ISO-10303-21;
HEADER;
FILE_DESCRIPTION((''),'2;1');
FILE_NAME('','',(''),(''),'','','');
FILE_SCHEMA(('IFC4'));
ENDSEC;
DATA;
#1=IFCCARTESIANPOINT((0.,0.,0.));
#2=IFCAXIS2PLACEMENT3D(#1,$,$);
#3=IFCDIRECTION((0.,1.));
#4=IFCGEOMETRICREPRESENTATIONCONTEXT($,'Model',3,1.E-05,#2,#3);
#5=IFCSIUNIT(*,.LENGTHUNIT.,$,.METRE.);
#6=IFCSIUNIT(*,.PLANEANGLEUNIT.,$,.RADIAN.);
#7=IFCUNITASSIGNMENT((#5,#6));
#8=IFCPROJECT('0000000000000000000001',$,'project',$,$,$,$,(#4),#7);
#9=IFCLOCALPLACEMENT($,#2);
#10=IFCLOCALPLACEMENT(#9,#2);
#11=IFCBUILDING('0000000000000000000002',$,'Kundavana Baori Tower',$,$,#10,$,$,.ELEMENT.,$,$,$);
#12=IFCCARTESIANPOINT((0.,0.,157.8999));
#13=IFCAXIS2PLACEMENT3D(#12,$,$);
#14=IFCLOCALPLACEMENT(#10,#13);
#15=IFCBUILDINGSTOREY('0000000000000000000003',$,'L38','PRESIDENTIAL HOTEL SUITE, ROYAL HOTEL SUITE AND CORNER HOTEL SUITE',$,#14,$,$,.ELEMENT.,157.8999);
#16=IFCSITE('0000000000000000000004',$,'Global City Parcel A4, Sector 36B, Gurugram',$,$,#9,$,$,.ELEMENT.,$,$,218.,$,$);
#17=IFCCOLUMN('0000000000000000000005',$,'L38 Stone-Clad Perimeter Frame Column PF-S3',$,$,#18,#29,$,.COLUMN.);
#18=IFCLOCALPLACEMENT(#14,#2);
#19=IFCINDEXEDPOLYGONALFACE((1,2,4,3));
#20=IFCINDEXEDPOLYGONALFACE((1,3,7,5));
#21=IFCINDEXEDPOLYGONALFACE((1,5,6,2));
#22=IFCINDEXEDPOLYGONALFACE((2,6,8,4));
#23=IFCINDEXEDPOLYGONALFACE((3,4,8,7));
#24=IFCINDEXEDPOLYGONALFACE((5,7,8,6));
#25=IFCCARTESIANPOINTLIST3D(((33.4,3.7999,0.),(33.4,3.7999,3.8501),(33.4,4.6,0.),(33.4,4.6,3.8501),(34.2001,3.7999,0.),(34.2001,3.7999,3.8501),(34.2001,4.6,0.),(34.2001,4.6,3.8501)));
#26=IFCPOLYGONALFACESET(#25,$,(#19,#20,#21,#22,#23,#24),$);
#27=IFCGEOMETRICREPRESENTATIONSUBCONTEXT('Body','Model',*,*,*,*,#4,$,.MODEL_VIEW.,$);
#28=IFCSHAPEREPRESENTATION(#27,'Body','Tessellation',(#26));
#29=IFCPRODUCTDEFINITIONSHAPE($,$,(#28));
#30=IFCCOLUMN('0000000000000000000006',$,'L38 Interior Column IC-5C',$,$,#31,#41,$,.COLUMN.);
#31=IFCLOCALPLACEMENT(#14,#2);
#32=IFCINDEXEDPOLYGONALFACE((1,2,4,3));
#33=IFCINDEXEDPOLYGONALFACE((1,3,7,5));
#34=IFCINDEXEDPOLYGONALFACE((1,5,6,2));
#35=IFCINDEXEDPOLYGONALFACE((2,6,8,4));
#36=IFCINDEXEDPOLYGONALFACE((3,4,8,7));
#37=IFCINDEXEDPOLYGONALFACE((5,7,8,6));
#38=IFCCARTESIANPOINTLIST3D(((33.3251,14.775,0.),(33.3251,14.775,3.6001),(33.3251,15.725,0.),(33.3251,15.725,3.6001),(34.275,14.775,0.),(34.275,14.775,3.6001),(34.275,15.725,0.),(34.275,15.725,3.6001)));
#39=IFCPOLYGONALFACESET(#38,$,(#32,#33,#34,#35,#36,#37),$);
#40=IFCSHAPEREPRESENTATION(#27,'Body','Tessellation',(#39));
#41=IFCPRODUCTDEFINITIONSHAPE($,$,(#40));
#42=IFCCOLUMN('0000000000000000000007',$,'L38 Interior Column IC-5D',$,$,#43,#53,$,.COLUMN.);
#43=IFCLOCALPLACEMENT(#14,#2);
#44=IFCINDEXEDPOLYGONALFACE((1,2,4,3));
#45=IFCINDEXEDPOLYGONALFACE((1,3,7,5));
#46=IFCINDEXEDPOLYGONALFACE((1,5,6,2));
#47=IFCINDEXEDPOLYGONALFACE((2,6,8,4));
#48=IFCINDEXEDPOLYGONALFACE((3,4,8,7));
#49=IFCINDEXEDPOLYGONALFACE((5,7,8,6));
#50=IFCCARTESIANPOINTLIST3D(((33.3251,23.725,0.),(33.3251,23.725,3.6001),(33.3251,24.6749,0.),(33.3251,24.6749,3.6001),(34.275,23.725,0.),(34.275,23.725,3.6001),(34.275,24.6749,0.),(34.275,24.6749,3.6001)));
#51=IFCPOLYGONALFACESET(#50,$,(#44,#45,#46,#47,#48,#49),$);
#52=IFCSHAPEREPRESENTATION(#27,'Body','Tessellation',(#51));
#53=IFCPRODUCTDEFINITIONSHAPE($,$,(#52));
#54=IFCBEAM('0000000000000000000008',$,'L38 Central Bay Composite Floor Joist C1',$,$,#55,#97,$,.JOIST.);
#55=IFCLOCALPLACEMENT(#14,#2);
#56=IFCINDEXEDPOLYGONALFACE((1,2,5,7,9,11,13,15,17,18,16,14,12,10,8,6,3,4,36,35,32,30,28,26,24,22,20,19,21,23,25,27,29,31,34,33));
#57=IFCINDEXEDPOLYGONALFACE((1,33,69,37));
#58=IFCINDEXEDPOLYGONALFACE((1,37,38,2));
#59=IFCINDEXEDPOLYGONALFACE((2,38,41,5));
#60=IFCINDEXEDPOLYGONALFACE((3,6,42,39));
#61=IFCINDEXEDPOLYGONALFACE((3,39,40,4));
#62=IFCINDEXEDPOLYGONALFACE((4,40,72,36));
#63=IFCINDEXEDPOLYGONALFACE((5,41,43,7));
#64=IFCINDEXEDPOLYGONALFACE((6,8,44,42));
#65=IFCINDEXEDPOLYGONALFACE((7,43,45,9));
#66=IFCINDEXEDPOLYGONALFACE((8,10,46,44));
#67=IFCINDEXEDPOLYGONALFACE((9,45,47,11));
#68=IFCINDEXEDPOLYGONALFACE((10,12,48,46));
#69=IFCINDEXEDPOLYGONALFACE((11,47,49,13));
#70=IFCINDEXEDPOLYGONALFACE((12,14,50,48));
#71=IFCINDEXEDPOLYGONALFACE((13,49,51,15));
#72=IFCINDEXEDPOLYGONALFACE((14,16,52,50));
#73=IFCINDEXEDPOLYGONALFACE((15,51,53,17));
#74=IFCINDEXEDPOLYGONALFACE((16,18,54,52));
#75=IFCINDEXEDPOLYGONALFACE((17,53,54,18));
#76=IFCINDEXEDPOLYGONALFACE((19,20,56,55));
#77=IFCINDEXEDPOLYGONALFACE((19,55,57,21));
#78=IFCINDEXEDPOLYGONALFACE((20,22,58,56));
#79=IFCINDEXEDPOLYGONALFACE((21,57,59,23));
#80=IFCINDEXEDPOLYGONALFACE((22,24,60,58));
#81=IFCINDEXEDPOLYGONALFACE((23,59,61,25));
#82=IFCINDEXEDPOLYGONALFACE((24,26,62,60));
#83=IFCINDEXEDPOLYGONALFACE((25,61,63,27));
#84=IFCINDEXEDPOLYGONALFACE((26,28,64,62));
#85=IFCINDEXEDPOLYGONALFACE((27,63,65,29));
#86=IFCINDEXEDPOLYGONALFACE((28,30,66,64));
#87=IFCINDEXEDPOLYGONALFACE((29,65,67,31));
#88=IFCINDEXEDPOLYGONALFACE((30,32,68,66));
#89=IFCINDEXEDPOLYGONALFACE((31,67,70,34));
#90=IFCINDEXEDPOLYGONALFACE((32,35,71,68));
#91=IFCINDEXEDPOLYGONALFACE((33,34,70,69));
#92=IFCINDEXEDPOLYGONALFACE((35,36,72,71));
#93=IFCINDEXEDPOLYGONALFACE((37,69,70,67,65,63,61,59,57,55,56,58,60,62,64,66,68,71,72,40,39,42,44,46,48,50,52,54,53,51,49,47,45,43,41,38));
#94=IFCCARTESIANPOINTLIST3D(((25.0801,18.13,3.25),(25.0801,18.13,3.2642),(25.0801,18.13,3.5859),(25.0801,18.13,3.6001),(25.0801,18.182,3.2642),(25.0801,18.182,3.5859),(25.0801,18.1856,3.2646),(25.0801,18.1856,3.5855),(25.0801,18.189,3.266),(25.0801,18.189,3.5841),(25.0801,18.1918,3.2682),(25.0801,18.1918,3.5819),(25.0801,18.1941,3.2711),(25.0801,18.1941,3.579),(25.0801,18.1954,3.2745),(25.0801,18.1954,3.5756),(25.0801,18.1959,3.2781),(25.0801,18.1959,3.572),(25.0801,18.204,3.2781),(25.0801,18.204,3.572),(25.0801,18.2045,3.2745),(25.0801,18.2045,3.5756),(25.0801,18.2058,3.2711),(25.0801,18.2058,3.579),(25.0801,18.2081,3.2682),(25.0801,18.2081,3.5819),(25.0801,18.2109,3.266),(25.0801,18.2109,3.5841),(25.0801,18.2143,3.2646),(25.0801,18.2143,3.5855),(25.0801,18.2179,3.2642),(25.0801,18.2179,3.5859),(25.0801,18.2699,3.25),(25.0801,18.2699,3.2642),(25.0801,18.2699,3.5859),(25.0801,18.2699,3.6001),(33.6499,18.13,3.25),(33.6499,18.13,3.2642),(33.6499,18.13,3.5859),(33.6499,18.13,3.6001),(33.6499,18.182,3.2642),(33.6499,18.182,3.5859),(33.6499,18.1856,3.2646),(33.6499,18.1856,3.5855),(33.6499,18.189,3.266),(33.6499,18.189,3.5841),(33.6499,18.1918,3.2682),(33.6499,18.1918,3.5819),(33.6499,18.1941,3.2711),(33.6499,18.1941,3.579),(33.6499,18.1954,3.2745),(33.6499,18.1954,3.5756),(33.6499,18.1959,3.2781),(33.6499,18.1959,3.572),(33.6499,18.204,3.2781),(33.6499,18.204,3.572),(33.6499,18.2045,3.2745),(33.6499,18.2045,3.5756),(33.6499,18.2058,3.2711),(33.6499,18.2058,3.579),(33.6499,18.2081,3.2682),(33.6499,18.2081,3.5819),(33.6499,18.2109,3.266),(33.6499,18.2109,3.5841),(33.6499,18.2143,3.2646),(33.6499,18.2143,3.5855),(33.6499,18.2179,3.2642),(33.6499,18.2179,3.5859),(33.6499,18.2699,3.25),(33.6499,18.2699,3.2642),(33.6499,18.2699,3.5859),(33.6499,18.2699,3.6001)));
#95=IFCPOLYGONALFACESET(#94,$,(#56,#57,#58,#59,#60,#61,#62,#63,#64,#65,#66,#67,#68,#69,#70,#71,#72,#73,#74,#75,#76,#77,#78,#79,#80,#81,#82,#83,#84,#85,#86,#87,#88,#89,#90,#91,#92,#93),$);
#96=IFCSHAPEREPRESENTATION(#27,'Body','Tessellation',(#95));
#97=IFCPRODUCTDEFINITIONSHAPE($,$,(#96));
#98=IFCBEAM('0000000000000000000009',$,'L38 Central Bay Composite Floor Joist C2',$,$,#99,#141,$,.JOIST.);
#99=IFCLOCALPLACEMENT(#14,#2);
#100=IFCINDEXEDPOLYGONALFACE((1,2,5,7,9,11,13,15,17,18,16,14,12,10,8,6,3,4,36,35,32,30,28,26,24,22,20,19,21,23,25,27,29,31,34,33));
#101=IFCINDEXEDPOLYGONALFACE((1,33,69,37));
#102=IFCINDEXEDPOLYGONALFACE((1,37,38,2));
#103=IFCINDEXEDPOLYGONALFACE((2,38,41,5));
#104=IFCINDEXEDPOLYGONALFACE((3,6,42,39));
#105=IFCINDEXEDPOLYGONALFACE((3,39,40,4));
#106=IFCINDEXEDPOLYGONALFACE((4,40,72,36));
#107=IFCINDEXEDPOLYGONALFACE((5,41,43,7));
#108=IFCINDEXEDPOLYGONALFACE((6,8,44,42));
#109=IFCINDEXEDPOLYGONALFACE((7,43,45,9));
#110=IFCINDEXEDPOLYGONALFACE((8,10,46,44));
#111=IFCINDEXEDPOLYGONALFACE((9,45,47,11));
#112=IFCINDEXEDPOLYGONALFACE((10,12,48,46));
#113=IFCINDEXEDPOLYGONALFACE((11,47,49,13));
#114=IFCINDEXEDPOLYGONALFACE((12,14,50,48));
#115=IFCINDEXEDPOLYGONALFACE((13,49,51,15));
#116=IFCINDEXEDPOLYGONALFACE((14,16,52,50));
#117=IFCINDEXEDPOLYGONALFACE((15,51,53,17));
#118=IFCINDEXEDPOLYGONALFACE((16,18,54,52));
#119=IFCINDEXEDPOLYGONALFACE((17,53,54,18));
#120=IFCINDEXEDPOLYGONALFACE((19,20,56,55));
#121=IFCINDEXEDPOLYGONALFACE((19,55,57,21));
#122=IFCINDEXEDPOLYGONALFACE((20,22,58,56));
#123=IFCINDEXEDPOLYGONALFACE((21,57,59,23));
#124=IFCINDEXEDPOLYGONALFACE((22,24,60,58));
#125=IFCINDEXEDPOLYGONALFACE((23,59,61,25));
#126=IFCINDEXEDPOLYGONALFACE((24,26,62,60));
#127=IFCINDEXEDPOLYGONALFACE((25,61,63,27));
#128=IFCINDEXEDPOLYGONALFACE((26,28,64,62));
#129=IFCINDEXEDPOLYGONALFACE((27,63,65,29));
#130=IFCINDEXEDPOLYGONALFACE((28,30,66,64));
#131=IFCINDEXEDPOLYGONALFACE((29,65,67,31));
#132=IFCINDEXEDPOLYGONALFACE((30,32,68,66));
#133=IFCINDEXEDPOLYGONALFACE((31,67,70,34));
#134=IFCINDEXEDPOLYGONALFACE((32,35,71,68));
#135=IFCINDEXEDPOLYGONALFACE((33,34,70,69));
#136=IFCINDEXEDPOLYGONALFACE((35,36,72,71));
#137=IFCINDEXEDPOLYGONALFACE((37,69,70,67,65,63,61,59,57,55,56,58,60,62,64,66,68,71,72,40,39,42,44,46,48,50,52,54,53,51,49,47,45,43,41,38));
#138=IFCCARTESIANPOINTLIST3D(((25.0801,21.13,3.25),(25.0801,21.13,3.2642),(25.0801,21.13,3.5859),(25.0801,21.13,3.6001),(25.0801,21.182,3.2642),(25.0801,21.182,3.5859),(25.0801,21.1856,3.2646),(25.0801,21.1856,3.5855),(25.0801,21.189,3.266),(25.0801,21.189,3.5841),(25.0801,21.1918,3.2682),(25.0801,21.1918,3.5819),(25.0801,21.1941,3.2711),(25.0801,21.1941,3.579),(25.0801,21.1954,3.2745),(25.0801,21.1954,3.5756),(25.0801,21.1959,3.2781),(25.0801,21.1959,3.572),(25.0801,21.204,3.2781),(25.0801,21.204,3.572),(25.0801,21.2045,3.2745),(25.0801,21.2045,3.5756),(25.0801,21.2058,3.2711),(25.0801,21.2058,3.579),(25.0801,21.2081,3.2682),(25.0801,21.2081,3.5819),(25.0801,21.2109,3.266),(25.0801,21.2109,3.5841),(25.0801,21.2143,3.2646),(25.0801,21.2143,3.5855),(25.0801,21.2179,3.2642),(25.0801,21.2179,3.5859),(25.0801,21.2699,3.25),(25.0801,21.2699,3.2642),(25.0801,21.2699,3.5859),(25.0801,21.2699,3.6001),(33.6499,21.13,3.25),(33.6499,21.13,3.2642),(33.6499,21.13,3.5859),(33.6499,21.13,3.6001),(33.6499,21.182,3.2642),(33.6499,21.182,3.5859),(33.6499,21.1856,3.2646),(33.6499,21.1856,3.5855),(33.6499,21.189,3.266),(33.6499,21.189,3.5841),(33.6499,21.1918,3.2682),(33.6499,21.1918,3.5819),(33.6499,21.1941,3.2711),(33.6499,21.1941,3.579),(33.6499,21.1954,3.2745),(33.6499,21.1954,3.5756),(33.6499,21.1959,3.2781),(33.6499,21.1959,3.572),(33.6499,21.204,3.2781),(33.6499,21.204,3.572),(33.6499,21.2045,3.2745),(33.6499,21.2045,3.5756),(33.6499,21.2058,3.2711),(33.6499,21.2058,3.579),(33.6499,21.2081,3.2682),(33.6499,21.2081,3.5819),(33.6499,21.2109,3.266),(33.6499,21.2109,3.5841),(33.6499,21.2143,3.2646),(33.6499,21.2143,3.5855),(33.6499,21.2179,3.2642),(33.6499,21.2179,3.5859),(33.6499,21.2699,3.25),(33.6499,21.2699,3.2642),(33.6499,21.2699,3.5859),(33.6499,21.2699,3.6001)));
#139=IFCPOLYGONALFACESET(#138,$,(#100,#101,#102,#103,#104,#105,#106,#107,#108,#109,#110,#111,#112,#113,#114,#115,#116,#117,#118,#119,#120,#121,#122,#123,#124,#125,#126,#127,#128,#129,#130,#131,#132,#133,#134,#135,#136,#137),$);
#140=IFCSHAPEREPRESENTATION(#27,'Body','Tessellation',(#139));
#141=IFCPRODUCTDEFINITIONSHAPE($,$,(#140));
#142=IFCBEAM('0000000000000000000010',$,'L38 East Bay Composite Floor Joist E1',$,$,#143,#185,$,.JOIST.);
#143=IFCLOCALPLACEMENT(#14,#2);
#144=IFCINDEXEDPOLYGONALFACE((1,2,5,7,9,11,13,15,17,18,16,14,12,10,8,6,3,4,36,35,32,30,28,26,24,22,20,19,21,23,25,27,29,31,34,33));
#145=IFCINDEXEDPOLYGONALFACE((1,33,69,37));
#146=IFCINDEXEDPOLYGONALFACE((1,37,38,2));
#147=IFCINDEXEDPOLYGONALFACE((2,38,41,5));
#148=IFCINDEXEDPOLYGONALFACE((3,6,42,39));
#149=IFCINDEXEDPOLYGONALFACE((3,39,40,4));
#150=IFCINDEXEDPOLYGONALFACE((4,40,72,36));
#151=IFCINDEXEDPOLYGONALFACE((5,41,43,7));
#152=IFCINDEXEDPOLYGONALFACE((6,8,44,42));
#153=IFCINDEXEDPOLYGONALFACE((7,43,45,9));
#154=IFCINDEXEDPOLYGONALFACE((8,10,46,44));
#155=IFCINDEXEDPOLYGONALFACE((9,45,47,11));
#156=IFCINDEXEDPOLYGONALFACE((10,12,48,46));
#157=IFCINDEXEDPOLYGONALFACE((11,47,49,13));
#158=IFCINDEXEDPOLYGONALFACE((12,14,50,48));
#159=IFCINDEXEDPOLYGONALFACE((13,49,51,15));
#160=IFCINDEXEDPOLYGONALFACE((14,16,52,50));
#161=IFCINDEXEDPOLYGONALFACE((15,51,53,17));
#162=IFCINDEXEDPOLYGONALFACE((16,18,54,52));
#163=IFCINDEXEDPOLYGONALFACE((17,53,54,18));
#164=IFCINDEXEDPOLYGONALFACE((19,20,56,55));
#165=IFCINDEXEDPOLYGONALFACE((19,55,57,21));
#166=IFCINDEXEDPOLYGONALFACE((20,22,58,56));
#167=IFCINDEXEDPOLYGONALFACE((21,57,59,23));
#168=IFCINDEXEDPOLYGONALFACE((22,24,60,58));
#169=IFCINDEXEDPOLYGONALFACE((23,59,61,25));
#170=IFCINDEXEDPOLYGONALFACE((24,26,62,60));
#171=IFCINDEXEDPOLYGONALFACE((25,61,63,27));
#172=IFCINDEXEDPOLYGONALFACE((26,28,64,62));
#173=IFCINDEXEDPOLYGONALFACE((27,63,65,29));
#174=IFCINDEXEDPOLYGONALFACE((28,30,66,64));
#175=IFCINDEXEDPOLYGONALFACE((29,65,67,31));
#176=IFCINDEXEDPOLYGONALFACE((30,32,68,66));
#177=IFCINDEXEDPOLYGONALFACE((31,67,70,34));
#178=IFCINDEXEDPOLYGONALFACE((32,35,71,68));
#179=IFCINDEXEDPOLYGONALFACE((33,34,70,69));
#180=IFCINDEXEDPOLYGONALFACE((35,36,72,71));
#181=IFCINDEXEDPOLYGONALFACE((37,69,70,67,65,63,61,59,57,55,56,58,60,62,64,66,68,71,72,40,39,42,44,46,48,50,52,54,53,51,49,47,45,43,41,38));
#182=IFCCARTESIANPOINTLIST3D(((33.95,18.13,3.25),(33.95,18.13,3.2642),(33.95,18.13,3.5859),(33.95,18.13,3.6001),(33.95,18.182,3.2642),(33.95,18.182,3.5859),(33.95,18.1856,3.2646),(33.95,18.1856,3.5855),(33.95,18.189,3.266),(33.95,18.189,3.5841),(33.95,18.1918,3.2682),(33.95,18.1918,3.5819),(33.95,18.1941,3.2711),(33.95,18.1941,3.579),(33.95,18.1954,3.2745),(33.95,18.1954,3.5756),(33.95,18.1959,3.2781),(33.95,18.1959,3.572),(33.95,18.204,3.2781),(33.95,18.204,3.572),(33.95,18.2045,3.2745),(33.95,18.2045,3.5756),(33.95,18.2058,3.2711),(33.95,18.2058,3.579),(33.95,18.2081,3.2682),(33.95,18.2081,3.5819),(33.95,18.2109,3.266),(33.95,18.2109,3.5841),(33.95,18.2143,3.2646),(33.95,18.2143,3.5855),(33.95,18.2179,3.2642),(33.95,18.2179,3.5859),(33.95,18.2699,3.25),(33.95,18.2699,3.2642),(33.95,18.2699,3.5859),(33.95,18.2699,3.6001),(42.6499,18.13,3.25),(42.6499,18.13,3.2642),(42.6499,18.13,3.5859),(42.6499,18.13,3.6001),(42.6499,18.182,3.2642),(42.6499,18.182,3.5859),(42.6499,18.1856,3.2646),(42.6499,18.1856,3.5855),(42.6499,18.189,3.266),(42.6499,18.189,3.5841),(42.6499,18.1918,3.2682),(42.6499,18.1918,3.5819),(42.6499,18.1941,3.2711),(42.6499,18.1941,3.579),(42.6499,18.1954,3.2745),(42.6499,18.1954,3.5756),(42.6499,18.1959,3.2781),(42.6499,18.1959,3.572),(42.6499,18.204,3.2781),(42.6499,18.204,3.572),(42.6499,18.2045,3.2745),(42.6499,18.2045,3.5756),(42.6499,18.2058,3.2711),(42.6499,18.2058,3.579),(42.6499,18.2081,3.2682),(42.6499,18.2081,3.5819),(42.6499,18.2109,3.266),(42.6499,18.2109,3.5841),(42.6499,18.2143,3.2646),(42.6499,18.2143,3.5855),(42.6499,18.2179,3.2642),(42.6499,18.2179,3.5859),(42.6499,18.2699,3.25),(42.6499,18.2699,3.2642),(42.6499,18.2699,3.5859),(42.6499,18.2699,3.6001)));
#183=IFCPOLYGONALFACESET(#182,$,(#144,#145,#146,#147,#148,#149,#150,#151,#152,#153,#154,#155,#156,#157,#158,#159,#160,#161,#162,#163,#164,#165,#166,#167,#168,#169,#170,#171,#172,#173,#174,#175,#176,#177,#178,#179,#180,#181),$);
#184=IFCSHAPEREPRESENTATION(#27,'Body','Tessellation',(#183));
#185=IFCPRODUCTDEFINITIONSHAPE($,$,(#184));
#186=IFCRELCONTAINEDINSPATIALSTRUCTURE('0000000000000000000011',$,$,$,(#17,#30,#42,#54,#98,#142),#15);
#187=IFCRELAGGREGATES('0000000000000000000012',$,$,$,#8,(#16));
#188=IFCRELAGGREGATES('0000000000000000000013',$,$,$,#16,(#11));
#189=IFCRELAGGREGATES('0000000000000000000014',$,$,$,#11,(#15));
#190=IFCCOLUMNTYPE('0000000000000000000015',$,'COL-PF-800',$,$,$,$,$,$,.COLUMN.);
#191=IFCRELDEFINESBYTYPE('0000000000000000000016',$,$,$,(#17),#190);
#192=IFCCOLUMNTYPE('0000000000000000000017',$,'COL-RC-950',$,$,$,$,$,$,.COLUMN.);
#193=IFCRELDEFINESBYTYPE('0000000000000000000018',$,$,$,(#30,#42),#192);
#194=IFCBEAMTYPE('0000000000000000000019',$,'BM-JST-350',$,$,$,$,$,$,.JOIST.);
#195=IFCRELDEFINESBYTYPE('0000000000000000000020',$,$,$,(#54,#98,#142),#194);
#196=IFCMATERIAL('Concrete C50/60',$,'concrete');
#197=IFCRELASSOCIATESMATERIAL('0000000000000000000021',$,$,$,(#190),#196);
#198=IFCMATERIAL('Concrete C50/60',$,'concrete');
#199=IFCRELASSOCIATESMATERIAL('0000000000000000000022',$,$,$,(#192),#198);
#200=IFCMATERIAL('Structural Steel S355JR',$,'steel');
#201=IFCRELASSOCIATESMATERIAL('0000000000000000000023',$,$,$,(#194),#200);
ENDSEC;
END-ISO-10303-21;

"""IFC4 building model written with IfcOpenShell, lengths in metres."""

from ifc_helpers import new_model, si_unit, direction, frame, origin, origin_2d, place, context, subcontext, project, spatial, rectangle, i_section, extrude, material, material_profile, profile_set, type_object, element, save


model = new_model("IFC4")

# Units and contexts
model_context = context("Model", 3, precision=1e-05, world=origin(), true_north=direction((0.0, 1.0)))
body_context = subcontext(model_context, "Body", "Model", "MODEL_VIEW")
ifc_project = project(units=[si_unit("LENGTHUNIT", "METRE"), si_unit("PLANEANGLEUNIT", "RADIAN")], contexts=[model_context])

# Site, building, storey
site_placement = place(None, origin())
site = spatial("IfcSite", under=ifc_project, at=site_placement, Name="Global City Parcel A4, Sector 36B, Gurugram", CompositionType="ELEMENT", RefElevation=218.0)
building_placement = place(site_placement, origin())
building = spatial("IfcBuilding", under=site, at=building_placement, Name="Kundavana Baori Tower", CompositionType="ELEMENT")
storey_placement = place(building_placement, frame((0.0, 0.0, 157.8999)))
storey = spatial("IfcBuildingStorey", under=building, at=storey_placement, Name="L38", Description="PRESIDENTIAL HOTEL SUITE, ROYAL HOTEL SUITE AND CORNER HOTEL SUITE", CompositionType="ELEMENT", Elevation=157.8999)

# Columns
ifc_material_1 = material(Name="Concrete C50/60", Category="concrete")
ifc_material_profile_1 = material_profile(ifc_material_1, rectangle(XDim=0.8, YDim=0.8, at=origin_2d()), Name="RC PF 800x800")
ifc_profile_set_1 = profile_set([ifc_material_profile_1], Name="Concrete C50/60")
column_type_1 = type_object("IfcColumnType", Name="COL-PF-800", PredefinedType="COLUMN", material=ifc_profile_set_1)
column_placement = place(storey_placement, frame((33.8, 4.2, 0.0), z_axis=(0.0, 0.0, 1.0), x_axis=(1.0, 0.0, 0.0)))
element("IfcColumn", 1, at=column_placement, inside=storey, type_object=column_type_1, Name="L38 Stone-Clad Perimeter Frame Column PF-S3", PredefinedType="COLUMN", context=body_context, shape_type="SweptSolid", body=[
    extrude(rectangle(XDim=0.8, YDim=0.8, at=origin_2d()), origin(), (0.0, 0.0, 1.0), 3.8501),
])
ifc_material_2 = material(Name="Concrete C50/60", Category="concrete")
ifc_material_profile_2 = material_profile(ifc_material_2, rectangle(XDim=0.95, YDim=0.95, at=origin_2d()), Name="RC 950x950")
ifc_profile_set_2 = profile_set([ifc_material_profile_2], Name="Concrete C50/60")
column_type_2 = type_object("IfcColumnType", Name="COL-RC-950", PredefinedType="COLUMN", material=ifc_profile_set_2)
for number, where, z_axis, x_axis, name in (
    (2, (33.8, 15.25, 0.0), (0.0, 0.0, 1.0), (1.0, 0.0, 0.0), "L38 Interior Column IC-5C"),
    (3, (33.8, 24.2, 0.0), (0.0, 0.0, 1.0), (1.0, 0.0, 0.0), "L38 Interior Column IC-5D"),
):
    element("IfcColumn", number, at=place(storey_placement, frame(where, z_axis=z_axis, x_axis=x_axis)), inside=storey, type_object=column_type_2, Name=name, PredefinedType="COLUMN", context=body_context, shape_type="SweptSolid", body=[
        extrude(rectangle(XDim=0.95, YDim=0.95, at=origin_2d()), origin(), (0.0, 0.0, 1.0), 3.6001),
    ])

# Beams
ifc_material_3 = material(Name="Structural Steel S355JR", Category="steel")
ifc_material_profile_3 = material_profile(ifc_material_3, i_section(OverallWidth=0.1399, OverallDepth=0.3501, WebThickness=0.0081, FlangeThickness=0.0142, FilletRadius=0.0139, at=origin_2d()), Name="ISMB 350")
ifc_profile_set_3 = profile_set([ifc_material_profile_3], Name="Structural Steel S355JR")
beam_type_1 = type_object("IfcBeamType", Name="BM-JST-350", PredefinedType="JOIST", material=ifc_profile_set_3)
for number, where, z_axis, x_axis, name in (
    (4, (25.0801, 18.2, 3.425), (1.0, 0.0, 0.0), (0.0, 1.0, 0.0), "L38 Central Bay Composite Floor Joist C1"),
    (5, (25.0801, 21.2, 3.425), (1.0, 0.0, 0.0), (0.0, 1.0, 0.0), "L38 Central Bay Composite Floor Joist C2"),
):
    element("IfcBeam", number, at=place(storey_placement, frame(where, z_axis=z_axis, x_axis=x_axis)), inside=storey, type_object=beam_type_1, Name=name, PredefinedType="JOIST", context=body_context, shape_type="SweptSolid", body=[
        extrude(i_section(OverallWidth=0.1399, OverallDepth=0.3501, WebThickness=0.0081, FlangeThickness=0.0142, FilletRadius=0.0139, at=origin_2d()), origin(), (0.0, 0.0, 1.0), 8.5698),
    ])
for number, where, z_axis, x_axis, name in (
    (6, (33.95, 18.2, 3.425), (1.0, 0.0, 0.0), (0.0, 1.0, 0.0), "L38 East Bay Composite Floor Joist E1"),
):
    element("IfcBeam", number, at=place(storey_placement, frame(where, z_axis=z_axis, x_axis=x_axis)), inside=storey, type_object=beam_type_1, Name=name, PredefinedType="JOIST", context=body_context, shape_type="SweptSolid", body=[
        extrude(i_section(OverallWidth=0.1399, OverallDepth=0.3501, WebThickness=0.0081, FlangeThickness=0.0142, FilletRadius=0.0139, at=origin_2d()), origin(), (0.0, 0.0, 1.0), 8.7),
    ])

save(model, "model.ifc")
